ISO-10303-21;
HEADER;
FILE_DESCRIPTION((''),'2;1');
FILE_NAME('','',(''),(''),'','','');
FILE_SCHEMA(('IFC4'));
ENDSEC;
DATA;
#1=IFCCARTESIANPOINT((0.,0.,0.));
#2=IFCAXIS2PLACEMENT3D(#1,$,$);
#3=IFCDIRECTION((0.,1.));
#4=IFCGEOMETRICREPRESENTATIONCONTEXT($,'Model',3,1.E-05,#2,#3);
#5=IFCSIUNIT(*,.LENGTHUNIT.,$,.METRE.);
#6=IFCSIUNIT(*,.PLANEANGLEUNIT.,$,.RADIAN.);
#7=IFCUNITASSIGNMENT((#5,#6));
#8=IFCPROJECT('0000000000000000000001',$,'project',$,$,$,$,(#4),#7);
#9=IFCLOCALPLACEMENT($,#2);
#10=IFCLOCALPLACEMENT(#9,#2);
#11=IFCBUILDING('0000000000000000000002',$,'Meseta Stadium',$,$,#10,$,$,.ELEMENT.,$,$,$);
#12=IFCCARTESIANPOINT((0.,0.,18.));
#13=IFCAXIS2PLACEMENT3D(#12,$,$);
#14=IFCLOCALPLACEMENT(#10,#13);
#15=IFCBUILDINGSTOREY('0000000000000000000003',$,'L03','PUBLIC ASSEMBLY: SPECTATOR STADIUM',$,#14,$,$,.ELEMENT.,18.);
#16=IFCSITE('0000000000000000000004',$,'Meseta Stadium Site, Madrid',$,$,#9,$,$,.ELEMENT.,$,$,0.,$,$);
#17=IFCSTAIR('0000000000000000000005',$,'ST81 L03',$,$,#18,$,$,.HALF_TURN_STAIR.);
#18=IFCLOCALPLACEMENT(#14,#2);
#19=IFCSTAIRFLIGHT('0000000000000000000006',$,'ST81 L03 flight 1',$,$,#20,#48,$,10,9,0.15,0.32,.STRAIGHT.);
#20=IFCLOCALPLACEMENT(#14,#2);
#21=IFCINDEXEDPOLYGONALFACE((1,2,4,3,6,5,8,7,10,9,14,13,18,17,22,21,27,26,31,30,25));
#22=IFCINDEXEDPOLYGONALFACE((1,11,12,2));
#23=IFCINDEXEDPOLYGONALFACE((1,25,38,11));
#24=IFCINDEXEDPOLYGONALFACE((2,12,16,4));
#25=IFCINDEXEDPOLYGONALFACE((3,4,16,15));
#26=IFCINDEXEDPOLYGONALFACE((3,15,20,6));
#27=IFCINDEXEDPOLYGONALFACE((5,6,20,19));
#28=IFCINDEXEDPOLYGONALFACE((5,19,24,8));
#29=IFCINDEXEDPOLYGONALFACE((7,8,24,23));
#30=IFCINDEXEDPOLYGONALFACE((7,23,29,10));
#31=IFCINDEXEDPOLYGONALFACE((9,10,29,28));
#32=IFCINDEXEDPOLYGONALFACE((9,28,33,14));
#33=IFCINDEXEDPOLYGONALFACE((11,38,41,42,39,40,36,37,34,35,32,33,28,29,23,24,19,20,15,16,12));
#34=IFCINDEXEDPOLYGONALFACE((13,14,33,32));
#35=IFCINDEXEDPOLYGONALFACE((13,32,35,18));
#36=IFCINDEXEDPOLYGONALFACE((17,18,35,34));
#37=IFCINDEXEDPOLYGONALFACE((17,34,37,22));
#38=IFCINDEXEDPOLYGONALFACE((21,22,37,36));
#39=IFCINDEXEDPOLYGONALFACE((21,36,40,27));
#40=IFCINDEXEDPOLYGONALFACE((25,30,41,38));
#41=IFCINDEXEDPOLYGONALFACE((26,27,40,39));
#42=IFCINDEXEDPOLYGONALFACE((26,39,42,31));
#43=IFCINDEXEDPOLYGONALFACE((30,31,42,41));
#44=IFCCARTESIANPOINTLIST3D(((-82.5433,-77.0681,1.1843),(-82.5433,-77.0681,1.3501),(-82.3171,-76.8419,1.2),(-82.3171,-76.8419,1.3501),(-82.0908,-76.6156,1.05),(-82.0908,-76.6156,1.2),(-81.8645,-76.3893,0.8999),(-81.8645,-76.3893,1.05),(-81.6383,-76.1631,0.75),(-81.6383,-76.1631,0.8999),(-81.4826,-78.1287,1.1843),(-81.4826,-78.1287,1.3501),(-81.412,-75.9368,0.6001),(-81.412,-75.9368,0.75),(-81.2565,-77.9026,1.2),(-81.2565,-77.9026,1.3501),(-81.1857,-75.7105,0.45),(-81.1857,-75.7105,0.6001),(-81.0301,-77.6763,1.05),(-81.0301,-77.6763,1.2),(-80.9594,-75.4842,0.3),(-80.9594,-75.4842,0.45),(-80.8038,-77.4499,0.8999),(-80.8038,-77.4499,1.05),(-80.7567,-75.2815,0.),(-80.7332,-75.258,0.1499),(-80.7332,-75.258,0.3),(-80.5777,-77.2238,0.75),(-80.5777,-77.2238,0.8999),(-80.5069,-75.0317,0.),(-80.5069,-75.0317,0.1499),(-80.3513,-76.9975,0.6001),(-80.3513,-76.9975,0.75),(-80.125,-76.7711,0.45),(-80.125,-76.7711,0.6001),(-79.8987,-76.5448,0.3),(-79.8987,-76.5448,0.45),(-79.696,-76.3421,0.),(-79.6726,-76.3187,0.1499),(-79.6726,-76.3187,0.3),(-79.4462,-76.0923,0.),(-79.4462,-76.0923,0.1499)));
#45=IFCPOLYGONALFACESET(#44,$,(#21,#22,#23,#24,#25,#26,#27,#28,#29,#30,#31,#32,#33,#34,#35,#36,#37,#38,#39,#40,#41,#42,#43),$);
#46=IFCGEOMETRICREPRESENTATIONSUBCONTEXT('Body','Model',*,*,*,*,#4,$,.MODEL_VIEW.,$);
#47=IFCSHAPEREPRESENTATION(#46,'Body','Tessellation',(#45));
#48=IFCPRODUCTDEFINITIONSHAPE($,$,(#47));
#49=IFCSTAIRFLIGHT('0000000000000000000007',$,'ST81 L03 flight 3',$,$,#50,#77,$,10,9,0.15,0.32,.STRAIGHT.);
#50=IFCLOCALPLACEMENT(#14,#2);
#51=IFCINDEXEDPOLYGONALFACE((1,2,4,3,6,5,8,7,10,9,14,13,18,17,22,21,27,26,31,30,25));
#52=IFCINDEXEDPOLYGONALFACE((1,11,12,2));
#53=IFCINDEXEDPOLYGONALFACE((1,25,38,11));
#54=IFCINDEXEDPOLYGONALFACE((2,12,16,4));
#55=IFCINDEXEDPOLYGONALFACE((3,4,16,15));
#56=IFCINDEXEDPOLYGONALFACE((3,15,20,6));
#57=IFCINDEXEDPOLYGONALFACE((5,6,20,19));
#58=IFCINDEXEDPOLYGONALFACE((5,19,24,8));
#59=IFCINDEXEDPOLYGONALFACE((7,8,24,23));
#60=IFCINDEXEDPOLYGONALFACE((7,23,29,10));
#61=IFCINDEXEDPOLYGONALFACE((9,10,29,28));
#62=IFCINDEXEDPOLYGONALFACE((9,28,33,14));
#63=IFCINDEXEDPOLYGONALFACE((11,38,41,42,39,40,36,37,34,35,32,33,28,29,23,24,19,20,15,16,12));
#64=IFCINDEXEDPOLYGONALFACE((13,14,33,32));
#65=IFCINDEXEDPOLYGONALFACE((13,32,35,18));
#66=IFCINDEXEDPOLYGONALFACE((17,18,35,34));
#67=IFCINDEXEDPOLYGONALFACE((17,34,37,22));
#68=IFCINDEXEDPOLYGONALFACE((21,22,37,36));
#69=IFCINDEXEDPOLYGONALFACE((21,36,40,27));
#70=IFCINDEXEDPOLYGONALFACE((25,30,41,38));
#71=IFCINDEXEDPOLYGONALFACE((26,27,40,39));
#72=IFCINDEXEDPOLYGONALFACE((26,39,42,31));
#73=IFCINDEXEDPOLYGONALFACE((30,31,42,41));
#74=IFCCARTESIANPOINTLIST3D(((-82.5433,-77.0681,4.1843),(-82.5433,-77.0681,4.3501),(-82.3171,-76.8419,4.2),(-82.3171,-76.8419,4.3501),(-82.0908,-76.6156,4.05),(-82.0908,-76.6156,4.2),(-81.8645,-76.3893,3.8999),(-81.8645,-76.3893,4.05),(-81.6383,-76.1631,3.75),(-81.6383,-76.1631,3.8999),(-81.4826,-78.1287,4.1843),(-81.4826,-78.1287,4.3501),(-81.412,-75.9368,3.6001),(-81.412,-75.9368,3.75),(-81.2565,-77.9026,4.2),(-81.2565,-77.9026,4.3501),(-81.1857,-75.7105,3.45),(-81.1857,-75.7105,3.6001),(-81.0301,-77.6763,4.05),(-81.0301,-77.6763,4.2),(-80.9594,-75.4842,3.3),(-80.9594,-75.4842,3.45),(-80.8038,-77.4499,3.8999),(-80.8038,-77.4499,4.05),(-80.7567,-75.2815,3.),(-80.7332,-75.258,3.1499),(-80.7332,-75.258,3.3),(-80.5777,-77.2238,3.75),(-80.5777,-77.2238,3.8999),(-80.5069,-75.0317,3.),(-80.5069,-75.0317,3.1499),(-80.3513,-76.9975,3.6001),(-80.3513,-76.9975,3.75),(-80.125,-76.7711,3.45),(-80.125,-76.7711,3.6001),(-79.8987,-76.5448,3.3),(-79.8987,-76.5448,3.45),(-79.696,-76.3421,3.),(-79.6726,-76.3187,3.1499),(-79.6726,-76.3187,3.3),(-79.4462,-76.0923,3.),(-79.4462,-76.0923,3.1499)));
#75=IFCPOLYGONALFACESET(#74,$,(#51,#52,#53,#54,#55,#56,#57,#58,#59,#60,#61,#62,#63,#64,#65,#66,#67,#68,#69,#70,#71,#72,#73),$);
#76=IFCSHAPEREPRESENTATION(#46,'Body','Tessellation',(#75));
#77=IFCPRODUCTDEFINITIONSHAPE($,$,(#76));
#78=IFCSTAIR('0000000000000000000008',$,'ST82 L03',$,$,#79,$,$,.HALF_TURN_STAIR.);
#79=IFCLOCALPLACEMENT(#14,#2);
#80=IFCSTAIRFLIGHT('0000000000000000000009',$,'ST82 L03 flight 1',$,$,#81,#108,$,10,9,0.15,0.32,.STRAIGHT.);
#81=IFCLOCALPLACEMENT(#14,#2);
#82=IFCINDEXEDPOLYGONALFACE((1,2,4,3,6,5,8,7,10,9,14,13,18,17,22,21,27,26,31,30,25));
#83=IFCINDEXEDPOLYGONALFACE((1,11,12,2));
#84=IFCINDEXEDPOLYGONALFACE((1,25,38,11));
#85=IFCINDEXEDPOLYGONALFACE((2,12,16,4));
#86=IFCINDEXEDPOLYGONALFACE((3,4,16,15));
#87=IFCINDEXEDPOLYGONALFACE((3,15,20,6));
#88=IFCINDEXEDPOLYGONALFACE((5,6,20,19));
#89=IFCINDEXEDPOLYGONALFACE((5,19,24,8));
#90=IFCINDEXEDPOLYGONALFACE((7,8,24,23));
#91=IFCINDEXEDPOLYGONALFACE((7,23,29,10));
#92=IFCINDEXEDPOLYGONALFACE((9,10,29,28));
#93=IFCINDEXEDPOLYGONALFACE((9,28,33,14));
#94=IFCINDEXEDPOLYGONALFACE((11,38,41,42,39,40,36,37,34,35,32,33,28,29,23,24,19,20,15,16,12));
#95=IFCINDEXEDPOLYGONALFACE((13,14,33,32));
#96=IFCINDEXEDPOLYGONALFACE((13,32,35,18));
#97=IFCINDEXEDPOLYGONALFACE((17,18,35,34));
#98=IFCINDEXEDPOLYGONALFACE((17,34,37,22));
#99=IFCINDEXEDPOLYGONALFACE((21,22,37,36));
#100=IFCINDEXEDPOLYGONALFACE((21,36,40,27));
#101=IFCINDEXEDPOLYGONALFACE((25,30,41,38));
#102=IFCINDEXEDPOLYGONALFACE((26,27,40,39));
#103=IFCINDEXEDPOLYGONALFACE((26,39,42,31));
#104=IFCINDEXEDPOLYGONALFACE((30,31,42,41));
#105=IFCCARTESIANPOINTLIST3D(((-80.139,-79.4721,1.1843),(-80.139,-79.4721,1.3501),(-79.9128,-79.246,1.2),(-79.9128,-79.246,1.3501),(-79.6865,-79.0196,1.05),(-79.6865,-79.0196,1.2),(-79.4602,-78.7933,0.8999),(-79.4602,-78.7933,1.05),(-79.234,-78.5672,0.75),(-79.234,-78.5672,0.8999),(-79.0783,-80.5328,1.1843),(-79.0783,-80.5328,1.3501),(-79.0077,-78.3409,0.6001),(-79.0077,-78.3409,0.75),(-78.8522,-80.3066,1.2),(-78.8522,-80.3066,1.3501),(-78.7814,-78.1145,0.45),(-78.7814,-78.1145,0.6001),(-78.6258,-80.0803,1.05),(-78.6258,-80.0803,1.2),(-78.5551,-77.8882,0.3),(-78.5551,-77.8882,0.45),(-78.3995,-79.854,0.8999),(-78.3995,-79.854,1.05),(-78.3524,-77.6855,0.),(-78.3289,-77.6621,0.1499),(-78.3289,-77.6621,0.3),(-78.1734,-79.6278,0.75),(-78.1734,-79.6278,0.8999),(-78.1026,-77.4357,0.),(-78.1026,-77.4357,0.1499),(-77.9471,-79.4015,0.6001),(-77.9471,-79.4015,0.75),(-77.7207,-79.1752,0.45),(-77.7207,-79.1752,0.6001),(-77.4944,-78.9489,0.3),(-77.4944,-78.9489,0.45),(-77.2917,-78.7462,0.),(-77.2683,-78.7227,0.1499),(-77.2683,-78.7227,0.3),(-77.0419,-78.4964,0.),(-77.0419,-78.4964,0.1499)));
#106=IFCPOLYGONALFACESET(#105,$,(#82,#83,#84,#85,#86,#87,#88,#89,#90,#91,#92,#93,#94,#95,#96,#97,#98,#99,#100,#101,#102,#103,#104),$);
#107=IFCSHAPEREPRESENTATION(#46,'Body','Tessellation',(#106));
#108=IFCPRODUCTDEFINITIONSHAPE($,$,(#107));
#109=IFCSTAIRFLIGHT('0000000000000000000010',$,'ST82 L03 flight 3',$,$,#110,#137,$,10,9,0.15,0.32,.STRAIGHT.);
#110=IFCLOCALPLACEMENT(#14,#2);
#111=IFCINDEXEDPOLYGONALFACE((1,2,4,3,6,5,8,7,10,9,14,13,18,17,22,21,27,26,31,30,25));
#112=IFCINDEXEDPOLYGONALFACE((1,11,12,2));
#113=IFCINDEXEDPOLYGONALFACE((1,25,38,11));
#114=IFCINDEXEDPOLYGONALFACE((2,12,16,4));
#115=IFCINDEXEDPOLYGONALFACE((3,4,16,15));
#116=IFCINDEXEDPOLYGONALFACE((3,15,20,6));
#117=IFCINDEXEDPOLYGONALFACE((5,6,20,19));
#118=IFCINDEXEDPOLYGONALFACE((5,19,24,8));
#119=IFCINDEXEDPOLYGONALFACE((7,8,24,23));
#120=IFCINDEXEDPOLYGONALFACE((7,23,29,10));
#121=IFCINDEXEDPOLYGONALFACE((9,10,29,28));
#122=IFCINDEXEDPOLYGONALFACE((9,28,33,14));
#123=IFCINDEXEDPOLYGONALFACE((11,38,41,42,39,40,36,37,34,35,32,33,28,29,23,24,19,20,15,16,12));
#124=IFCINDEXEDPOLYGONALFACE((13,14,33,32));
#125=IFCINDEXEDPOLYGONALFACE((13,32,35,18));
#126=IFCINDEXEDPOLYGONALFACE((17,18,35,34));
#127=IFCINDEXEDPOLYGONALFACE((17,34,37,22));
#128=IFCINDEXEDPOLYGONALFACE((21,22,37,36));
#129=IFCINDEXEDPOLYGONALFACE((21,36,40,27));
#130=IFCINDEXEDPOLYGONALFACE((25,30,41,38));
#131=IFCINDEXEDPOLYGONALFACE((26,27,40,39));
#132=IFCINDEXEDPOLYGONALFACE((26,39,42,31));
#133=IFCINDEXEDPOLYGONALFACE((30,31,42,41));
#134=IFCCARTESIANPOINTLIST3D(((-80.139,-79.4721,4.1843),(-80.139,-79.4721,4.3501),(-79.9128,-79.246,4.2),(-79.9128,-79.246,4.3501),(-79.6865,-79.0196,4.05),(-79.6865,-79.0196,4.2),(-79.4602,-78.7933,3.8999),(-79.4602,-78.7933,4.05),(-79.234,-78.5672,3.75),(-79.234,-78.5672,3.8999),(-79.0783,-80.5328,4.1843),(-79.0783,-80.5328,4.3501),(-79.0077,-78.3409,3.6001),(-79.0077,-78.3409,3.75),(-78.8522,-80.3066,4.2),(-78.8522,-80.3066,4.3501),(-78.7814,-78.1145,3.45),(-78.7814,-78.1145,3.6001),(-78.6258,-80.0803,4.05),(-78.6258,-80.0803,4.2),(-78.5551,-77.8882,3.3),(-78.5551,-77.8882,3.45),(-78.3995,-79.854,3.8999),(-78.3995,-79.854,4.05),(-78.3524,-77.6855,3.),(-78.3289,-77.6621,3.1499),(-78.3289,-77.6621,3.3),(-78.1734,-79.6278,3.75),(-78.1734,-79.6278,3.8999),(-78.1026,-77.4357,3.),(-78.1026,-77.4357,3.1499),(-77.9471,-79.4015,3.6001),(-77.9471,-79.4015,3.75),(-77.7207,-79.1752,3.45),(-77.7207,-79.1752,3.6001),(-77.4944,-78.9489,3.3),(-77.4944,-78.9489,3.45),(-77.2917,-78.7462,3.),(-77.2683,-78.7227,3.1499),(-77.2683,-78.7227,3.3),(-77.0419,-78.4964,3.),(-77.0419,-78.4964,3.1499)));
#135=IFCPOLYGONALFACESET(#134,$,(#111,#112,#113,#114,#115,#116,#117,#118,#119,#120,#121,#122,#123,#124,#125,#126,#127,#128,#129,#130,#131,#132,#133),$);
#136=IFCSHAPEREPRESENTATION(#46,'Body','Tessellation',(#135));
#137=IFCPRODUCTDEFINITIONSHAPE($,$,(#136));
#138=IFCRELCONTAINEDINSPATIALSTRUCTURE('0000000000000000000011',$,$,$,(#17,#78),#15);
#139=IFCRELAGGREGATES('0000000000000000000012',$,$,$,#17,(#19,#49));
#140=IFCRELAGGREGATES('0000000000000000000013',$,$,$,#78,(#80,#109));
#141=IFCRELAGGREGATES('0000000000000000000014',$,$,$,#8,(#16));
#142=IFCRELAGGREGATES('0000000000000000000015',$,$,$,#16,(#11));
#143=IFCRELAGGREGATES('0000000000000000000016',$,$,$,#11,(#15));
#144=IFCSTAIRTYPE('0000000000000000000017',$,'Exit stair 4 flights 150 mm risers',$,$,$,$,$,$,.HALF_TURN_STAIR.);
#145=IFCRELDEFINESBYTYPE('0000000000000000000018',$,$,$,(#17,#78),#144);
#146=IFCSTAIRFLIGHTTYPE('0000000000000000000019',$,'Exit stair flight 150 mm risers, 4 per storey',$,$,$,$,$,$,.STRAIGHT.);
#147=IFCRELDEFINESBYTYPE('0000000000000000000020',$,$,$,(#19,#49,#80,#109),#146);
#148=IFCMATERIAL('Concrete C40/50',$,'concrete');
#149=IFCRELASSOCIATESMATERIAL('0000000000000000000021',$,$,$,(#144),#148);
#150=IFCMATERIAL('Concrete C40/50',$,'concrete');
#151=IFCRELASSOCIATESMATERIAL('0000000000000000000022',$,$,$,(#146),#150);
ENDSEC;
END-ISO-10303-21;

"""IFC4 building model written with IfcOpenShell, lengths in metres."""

from ifc_helpers import new_model, si_unit, direction, frame, origin, place, context, subcontext, project, spatial, polyline, outline, extrude, material, type_object, element, aggregate, save


model = new_model("IFC4")

# Units and contexts
model_context = context("Model", 3, precision=1e-05, world=origin(), true_north=direction((0.0, 1.0)))
body_context = subcontext(model_context, "Body", "Model", "MODEL_VIEW")
ifc_project = project(units=[si_unit("LENGTHUNIT", "METRE"), si_unit("PLANEANGLEUNIT", "RADIAN")], contexts=[model_context])

# Site, building, storey
site_placement = place(None, origin())
site = spatial("IfcSite", under=ifc_project, at=site_placement, Name="Meseta Stadium Site, Madrid", CompositionType="ELEMENT", RefElevation=0.0)
building_placement = place(site_placement, origin())
building = spatial("IfcBuilding", under=site, at=building_placement, Name="Meseta Stadium", CompositionType="ELEMENT")
storey_placement = place(building_placement, frame((0.0, 0.0, 18.0)))
storey = spatial("IfcBuildingStorey", under=building, at=storey_placement, Name="L03", Description="PUBLIC ASSEMBLY: SPECTATOR STADIUM", CompositionType="ELEMENT", Elevation=18.0)

# Stairs, stair flights
ifc_material_1 = material(Name="Concrete C40/50", Category="concrete")
stair_type = type_object("IfcStairType", Name="Exit stair 4 flights 150 mm risers", PredefinedType="HALF_TURN_STAIR", material=ifc_material_1)
stair_1_placement = place(storey_placement, origin())
stair_1 = element("IfcStair", 1, at=stair_1_placement, inside=storey, type_object=stair_type, Name="ST81 L03", PredefinedType="HALF_TURN_STAIR")
ifc_material_2 = material(Name="Concrete C40/50", Category="concrete")
stair_flight_type = type_object("IfcStairFlightType", Name="Exit stair flight 150 mm risers, 4 per storey", PredefinedType="STRAIGHT", material=ifc_material_2)
stair_flight_1_placement = place(storey_placement, frame((-79.9766, -75.562, 0.0), z_axis=(0.0, 0.0, 1.0), x_axis=(-0.707107, -0.707107, 0.0)))
stair_flight_1 = element("IfcStairFlight", 2, at=stair_flight_1_placement, type_object=stair_flight_type, Name="ST81 L03 flight 1", NumberOfRisers=10, NumberOfTreads=9, PredefinedType="STRAIGHT", RiserHeight=0.15, TreadLength=0.32, context=body_context, shape_type="SweptSolid", body=[
    extrude(outline(polyline([(0.0, 0.0), (0.0, 0.1499), (0.3201, 0.1499), (0.3201, 0.3), (0.6399, 0.3), (0.6399, 0.45), (0.96, 0.45), (0.96, 0.6001), (1.28, 0.6001), (1.28, 0.75), (1.6001, 0.75), (1.6001, 0.8999), (1.9199, 0.8999), (1.9199, 1.05), (2.24, 1.05), (2.24, 1.2), (2.5601, 1.2), (2.5601, 1.3501), (2.8799, 1.3501), (2.8799, 1.1843), (0.3533, 0.0), (0.0, 0.0)])), frame((0.0, 0.75, 0.0), z_axis=(0.0, -1.0, 0.0), x_axis=(1.0, 0.0, 0.0)), (0.0, 0.0, 1.0), 1.5),
])
stair_flight_2_placement = place(storey_placement, frame((-79.9766, -75.562, 3.0), z_axis=(0.0, 0.0, 1.0), x_axis=(-0.707107, -0.707107, 0.0)))
stair_flight_2 = element("IfcStairFlight", 3, at=stair_flight_2_placement, type_object=stair_flight_type, Name="ST81 L03 flight 3", NumberOfRisers=10, NumberOfTreads=9, PredefinedType="STRAIGHT", RiserHeight=0.15, TreadLength=0.32, context=body_context, shape_type="SweptSolid", body=[
    extrude(outline(polyline([(0.0, 0.0), (0.0, 0.1499), (0.3201, 0.1499), (0.3201, 0.3), (0.6399, 0.3), (0.6399, 0.45), (0.96, 0.45), (0.96, 0.6001), (1.28, 0.6001), (1.28, 0.75), (1.6001, 0.75), (1.6001, 0.8999), (1.9199, 0.8999), (1.9199, 1.05), (2.24, 1.05), (2.24, 1.2), (2.5601, 1.2), (2.5601, 1.3501), (2.8799, 1.3501), (2.8799, 1.1843), (0.3533, 0.0), (0.0, 0.0)])), frame((0.0, 0.75, 0.0), z_axis=(0.0, -1.0, 0.0), x_axis=(1.0, 0.0, 0.0)), (0.0, 0.0, 1.0), 1.5),
])
aggregate(stair_1, [stair_flight_1, stair_flight_2])
stair_2_placement = place(storey_placement, origin())
stair_2 = element("IfcStair", 4, at=stair_2_placement, inside=storey, type_object=stair_type, Name="ST82 L03", PredefinedType="HALF_TURN_STAIR")
stair_flight_3_placement = place(storey_placement, frame((-77.5723, -77.9661, 0.0), z_axis=(0.0, 0.0, 1.0), x_axis=(-0.707107, -0.707107, 0.0)))
stair_flight_3 = element("IfcStairFlight", 5, at=stair_flight_3_placement, type_object=stair_flight_type, Name="ST82 L03 flight 1", NumberOfRisers=10, NumberOfTreads=9, PredefinedType="STRAIGHT", RiserHeight=0.15, TreadLength=0.32, context=body_context, shape_type="SweptSolid", body=[
    extrude(outline(polyline([(0.0, 0.0), (0.0, 0.1499), (0.3201, 0.1499), (0.3201, 0.3), (0.6399, 0.3), (0.6399, 0.45), (0.96, 0.45), (0.96, 0.6001), (1.28, 0.6001), (1.28, 0.75), (1.6001, 0.75), (1.6001, 0.8999), (1.9199, 0.8999), (1.9199, 1.05), (2.24, 1.05), (2.24, 1.2), (2.5601, 1.2), (2.5601, 1.3501), (2.8799, 1.3501), (2.8799, 1.1843), (0.3533, 0.0), (0.0, 0.0)])), frame((0.0, 0.75, 0.0), z_axis=(0.0, -1.0, 0.0), x_axis=(1.0, 0.0, 0.0)), (0.0, 0.0, 1.0), 1.5),
])
stair_flight_4_placement = place(storey_placement, frame((-77.5723, -77.9661, 3.0), z_axis=(0.0, 0.0, 1.0), x_axis=(-0.707107, -0.707107, 0.0)))
stair_flight_4 = element("IfcStairFlight", 6, at=stair_flight_4_placement, type_object=stair_flight_type, Name="ST82 L03 flight 3", NumberOfRisers=10, NumberOfTreads=9, PredefinedType="STRAIGHT", RiserHeight=0.15, TreadLength=0.32, context=body_context, shape_type="SweptSolid", body=[
    extrude(outline(polyline([(0.0, 0.0), (0.0, 0.1499), (0.3201, 0.1499), (0.3201, 0.3), (0.6399, 0.3), (0.6399, 0.45), (0.96, 0.45), (0.96, 0.6001), (1.28, 0.6001), (1.28, 0.75), (1.6001, 0.75), (1.6001, 0.8999), (1.9199, 0.8999), (1.9199, 1.05), (2.24, 1.05), (2.24, 1.2), (2.5601, 1.2), (2.5601, 1.3501), (2.8799, 1.3501), (2.8799, 1.1843), (0.3533, 0.0), (0.0, 0.0)])), frame((0.0, 0.75, 0.0), z_axis=(0.0, -1.0, 0.0), x_axis=(1.0, 0.0, 0.0)), (0.0, 0.0, 1.0), 1.5),
])
aggregate(stair_2, [stair_flight_3, stair_flight_4])

save(model, "model.ifc")
